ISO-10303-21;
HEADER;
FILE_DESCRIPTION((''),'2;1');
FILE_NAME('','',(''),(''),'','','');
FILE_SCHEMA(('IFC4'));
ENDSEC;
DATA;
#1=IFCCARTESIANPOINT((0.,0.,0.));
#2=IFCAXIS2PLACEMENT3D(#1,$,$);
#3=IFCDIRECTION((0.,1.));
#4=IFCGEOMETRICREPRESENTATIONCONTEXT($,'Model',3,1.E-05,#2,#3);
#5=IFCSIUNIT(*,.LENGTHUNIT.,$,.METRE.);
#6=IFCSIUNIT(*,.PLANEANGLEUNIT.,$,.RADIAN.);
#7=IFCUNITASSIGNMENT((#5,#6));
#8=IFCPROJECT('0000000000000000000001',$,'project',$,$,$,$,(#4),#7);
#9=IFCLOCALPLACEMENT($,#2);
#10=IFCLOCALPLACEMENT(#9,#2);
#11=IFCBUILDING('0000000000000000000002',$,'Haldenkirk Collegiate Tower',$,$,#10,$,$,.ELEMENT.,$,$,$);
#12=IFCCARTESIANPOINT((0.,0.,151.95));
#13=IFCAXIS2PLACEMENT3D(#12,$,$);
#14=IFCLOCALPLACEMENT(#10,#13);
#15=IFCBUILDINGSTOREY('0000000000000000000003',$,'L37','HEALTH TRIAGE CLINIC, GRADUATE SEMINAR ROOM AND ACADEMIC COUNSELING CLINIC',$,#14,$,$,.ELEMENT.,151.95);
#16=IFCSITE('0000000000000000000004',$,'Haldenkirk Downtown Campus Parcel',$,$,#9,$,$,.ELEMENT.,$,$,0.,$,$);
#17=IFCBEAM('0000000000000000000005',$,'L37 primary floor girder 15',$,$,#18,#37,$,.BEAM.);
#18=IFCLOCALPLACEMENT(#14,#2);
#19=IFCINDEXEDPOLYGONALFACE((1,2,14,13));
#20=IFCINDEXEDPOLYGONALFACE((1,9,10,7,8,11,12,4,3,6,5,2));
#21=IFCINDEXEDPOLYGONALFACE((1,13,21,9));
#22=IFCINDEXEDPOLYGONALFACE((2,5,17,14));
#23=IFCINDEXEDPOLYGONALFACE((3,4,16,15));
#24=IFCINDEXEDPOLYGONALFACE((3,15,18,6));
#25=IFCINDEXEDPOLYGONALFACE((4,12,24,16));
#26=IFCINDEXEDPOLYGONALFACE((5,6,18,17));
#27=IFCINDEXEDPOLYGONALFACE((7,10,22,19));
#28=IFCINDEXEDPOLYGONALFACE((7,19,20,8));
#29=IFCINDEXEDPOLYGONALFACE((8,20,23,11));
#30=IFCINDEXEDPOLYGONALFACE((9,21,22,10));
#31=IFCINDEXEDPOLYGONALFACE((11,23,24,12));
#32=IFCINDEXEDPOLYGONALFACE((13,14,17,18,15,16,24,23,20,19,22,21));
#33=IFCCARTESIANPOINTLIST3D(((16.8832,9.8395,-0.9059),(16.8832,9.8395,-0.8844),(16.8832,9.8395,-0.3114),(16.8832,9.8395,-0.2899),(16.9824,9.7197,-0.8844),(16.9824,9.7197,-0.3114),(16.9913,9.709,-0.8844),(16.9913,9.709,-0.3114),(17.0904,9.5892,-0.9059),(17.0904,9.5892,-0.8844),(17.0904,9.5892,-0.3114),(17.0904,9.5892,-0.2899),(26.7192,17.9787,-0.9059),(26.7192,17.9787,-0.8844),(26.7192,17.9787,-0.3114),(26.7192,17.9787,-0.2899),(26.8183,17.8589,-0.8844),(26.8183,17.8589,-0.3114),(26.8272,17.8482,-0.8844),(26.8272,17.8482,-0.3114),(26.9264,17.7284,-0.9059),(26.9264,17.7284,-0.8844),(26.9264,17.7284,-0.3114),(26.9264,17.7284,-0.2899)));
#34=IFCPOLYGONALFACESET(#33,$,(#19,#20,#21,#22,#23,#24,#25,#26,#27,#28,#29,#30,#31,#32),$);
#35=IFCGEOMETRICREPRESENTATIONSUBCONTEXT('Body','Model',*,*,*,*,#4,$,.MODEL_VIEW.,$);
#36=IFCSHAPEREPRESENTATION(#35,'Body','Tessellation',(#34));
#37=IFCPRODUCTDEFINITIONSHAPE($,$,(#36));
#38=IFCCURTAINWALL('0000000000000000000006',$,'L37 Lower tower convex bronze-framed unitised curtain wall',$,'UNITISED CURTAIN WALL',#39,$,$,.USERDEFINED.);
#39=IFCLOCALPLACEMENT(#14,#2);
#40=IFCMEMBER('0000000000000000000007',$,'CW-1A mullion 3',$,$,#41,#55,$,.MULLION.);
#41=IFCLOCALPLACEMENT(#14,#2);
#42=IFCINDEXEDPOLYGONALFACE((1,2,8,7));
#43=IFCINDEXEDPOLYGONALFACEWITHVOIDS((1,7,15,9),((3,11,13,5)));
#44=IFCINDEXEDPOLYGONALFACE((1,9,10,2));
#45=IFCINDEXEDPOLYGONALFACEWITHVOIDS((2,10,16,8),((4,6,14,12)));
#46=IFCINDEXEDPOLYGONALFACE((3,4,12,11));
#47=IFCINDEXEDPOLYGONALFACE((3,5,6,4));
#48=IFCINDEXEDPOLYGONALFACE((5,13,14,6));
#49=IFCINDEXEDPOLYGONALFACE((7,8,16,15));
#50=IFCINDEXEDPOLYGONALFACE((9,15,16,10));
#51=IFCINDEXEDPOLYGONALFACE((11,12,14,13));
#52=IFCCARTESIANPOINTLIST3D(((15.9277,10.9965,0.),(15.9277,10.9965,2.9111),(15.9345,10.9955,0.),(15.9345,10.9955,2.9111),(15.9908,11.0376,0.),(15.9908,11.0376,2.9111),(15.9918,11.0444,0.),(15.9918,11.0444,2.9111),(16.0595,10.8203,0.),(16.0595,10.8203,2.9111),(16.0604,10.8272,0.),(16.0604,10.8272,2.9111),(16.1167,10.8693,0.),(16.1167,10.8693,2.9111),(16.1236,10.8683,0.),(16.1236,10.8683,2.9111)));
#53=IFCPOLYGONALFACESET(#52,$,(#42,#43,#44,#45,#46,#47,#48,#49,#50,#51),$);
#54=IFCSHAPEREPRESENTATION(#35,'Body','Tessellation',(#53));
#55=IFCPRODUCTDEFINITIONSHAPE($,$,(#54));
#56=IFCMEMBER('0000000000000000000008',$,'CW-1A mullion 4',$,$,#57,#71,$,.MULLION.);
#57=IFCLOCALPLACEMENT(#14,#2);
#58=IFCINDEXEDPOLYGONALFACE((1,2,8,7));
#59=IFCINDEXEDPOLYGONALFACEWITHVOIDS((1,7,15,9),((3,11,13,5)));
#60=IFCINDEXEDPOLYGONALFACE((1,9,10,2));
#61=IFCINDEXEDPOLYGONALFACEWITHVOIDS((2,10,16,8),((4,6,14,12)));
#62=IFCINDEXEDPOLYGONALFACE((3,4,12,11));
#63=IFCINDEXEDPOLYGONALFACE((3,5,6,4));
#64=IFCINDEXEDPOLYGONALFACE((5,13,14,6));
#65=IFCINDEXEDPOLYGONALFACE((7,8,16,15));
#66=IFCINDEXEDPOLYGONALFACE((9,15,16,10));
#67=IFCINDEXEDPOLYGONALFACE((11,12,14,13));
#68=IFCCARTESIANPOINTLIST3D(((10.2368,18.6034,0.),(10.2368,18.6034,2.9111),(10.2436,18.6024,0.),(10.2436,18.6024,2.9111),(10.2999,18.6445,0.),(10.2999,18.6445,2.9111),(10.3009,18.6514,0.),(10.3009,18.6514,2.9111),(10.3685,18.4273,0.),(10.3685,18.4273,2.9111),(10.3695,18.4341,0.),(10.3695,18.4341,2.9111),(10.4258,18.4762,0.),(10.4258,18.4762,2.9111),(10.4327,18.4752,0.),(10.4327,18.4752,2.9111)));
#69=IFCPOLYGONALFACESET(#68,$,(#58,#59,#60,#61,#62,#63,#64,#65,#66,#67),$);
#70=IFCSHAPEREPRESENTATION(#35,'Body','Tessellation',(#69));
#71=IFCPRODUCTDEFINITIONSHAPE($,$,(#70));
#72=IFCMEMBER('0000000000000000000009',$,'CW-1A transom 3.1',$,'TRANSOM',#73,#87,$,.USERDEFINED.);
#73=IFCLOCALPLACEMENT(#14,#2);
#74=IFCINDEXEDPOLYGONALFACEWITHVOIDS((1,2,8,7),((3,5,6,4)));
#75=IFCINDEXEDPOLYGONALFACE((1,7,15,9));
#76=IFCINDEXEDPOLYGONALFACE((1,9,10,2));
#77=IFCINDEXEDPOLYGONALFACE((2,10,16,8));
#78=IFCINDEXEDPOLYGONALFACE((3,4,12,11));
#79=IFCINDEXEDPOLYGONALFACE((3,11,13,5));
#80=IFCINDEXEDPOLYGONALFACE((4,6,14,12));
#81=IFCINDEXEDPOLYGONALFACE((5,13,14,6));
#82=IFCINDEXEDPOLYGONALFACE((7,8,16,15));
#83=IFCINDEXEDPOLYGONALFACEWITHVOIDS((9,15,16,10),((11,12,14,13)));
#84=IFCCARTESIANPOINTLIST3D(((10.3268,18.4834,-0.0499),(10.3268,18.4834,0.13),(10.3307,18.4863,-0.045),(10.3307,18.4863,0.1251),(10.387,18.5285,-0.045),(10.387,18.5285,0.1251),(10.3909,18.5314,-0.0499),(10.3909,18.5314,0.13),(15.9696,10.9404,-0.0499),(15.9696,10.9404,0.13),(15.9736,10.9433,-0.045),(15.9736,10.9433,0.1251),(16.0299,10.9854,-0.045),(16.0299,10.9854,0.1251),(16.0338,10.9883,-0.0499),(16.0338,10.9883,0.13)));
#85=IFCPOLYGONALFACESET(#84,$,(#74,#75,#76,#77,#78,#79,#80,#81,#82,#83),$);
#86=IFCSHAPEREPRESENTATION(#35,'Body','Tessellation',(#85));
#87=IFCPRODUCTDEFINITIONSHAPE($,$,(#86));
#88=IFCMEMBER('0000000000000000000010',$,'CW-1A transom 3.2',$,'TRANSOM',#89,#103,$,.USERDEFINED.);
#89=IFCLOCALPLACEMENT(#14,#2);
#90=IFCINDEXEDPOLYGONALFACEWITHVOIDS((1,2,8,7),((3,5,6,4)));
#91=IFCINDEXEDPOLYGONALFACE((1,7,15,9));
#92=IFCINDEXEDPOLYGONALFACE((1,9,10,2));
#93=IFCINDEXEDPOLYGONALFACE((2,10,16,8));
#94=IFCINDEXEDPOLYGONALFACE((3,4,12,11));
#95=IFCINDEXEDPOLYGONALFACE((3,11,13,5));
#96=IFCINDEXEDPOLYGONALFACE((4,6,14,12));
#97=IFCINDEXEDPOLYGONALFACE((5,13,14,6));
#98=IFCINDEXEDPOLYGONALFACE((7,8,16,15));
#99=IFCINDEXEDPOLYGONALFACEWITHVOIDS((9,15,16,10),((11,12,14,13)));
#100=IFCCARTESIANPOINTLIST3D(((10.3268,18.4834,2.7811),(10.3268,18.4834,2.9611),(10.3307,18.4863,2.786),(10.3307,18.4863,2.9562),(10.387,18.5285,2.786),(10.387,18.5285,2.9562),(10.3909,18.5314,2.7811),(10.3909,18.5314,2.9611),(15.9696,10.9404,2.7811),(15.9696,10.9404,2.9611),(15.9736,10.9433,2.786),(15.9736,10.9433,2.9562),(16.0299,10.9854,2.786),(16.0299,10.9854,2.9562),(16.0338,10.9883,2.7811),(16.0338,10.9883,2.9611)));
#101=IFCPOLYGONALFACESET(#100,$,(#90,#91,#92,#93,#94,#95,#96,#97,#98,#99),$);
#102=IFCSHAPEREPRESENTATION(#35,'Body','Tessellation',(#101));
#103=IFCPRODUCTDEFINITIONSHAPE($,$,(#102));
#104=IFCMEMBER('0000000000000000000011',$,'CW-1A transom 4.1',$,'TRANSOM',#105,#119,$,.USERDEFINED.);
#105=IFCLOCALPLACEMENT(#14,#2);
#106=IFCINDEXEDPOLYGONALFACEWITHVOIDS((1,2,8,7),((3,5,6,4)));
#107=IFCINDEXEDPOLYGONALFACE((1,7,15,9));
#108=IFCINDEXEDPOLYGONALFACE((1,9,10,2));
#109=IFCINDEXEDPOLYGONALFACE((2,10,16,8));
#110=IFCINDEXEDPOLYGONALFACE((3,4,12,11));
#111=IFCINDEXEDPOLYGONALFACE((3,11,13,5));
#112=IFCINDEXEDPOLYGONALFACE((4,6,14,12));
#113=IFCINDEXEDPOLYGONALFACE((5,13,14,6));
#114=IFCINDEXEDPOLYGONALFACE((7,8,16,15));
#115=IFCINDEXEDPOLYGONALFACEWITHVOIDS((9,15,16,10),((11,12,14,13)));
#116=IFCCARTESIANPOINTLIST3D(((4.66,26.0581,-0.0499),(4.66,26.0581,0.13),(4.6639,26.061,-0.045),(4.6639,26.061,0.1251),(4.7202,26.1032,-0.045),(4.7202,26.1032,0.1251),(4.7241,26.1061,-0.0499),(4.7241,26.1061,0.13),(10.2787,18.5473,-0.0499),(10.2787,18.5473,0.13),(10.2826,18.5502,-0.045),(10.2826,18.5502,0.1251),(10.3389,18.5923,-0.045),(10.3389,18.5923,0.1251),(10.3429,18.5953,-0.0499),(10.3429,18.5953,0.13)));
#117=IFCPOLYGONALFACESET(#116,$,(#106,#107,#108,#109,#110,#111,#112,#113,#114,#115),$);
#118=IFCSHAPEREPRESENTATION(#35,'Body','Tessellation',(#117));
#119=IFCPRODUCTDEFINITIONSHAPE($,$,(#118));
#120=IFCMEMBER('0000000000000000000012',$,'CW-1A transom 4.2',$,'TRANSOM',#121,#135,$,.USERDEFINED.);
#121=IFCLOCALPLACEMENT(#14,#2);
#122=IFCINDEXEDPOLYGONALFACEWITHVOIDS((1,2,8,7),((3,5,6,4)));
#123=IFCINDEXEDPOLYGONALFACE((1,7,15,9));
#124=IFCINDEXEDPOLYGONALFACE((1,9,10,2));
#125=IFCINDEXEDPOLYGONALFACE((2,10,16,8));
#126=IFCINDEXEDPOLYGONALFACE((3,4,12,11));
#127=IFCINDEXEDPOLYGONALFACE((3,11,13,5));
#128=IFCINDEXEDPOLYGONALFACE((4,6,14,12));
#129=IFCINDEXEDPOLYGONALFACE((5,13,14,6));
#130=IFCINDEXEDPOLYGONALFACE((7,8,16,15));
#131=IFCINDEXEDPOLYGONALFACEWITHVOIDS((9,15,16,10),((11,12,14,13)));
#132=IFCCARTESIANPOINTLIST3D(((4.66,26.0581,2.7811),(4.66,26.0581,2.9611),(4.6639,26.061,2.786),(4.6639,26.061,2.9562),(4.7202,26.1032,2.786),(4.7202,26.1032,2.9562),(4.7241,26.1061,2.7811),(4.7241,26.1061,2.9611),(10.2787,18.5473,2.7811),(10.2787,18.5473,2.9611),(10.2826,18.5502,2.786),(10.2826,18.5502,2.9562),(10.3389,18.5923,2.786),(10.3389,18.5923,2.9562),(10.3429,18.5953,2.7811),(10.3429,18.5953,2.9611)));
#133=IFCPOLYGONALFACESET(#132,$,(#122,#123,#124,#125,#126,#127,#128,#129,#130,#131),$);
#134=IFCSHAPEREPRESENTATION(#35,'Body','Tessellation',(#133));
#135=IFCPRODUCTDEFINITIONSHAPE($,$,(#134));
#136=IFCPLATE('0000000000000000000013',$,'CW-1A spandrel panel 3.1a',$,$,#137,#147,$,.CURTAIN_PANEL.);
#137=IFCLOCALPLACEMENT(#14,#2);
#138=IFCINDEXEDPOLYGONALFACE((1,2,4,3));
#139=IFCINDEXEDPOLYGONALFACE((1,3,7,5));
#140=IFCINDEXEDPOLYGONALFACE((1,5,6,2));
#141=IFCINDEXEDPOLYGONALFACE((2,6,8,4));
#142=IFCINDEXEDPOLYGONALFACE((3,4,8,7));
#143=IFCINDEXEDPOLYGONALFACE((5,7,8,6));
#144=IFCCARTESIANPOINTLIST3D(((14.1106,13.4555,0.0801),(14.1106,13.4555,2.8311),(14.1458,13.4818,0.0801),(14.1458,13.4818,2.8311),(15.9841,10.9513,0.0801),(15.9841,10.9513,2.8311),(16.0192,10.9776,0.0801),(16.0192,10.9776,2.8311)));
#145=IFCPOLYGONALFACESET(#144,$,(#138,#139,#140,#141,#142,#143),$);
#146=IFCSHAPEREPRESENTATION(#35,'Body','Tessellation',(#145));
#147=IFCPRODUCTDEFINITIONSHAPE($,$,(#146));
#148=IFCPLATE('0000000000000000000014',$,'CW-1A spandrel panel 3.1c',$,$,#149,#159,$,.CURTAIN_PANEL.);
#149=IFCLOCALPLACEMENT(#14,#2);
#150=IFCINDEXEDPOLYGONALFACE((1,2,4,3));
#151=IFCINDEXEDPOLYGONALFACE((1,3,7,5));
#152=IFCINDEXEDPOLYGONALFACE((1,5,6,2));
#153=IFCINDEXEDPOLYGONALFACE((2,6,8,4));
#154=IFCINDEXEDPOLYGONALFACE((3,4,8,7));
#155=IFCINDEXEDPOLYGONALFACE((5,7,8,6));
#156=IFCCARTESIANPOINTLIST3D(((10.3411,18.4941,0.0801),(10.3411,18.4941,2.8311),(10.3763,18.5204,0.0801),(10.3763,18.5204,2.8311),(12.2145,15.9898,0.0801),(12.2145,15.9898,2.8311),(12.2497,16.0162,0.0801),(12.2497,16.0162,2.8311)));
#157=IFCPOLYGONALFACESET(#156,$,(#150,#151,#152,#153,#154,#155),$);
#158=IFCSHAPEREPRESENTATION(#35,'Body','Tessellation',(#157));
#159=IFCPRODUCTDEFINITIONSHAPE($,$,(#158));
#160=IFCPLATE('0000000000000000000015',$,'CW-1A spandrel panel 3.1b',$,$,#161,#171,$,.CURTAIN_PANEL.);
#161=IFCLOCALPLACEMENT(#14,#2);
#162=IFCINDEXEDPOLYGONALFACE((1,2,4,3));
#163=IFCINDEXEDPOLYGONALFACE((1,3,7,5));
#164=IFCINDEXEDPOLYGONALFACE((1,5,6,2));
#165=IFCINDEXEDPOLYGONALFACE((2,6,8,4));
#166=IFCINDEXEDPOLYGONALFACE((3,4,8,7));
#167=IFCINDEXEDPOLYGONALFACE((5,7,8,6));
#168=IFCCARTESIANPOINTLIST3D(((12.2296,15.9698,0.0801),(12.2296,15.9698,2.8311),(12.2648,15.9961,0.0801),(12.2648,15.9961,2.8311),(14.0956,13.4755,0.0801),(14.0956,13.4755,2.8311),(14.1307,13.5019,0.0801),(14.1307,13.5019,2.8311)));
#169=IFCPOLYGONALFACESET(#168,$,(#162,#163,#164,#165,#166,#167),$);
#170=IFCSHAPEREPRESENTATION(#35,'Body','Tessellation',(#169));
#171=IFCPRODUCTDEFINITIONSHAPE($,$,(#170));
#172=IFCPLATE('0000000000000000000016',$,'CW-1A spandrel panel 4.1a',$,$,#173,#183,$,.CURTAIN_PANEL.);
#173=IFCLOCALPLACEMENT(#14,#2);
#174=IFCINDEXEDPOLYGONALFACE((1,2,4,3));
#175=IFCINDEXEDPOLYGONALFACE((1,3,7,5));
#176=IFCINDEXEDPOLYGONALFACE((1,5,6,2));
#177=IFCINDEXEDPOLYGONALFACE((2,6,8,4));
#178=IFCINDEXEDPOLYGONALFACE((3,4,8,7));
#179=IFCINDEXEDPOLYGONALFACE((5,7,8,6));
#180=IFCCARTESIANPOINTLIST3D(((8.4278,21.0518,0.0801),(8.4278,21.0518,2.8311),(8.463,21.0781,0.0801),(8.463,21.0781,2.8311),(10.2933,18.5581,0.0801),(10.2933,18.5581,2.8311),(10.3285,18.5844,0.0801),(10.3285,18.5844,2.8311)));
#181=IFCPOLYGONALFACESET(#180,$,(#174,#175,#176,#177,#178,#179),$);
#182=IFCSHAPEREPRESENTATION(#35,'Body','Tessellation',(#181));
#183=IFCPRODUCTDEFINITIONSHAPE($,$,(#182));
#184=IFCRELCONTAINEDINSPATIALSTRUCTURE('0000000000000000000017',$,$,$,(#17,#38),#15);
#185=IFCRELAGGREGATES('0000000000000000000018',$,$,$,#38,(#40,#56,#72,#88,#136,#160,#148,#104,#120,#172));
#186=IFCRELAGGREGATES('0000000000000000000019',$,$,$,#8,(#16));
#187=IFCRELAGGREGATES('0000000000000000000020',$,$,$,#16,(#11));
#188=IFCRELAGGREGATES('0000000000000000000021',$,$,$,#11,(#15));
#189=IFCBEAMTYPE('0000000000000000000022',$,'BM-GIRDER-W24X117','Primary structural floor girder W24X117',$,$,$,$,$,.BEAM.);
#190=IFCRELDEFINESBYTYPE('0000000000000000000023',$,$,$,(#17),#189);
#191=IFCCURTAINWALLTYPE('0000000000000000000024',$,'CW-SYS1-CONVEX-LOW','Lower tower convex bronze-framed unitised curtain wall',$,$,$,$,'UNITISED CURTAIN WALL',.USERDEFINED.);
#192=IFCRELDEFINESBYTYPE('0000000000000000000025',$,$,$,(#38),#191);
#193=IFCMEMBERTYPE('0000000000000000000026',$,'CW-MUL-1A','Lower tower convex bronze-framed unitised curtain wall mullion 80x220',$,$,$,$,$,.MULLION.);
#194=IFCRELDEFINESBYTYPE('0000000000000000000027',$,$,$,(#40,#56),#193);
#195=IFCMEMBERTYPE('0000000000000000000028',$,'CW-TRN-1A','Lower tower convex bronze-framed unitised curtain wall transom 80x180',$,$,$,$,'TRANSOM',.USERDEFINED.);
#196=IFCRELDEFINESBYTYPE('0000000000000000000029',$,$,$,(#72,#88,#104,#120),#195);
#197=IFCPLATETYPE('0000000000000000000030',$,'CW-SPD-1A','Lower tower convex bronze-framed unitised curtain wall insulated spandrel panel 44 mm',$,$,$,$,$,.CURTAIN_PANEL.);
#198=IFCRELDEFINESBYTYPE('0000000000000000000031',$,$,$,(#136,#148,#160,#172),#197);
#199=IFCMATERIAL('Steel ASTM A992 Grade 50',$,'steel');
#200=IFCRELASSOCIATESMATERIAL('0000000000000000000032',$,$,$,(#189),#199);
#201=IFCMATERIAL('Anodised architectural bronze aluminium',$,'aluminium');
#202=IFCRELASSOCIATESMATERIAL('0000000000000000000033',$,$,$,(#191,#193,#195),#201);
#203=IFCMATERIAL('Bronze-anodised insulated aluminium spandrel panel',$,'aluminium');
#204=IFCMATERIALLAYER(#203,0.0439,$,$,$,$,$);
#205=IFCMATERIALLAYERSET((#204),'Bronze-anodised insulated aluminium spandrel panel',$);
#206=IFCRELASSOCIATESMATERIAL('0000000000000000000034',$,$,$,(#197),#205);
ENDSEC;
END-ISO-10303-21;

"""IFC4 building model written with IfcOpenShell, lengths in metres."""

from ifc_helpers import new_model, si_unit, direction, frame, origin, origin_2d, place, context, subcontext, project, spatial, rectangle, hollow_rectangle, i_section, extrude, source, transform, mapped, material, layer, layer_set, material_profile, profile_set, type_object, element, aggregate, save


model = new_model("IFC4")

# Units and contexts
model_context = context("Model", 3, precision=1e-05, world=origin(), true_north=direction((0.0, 1.0)))
body_context = subcontext(model_context, "Body", "Model", "MODEL_VIEW")
ifc_project = project(units=[si_unit("LENGTHUNIT", "METRE"), si_unit("PLANEANGLEUNIT", "RADIAN")], contexts=[model_context])

# Site, building, storey
site_placement = place(None, origin())
site = spatial("IfcSite", under=ifc_project, at=site_placement, Name="Haldenkirk Downtown Campus Parcel", CompositionType="ELEMENT", RefElevation=0.0)
building_placement = place(site_placement, origin())
building = spatial("IfcBuilding", under=site, at=building_placement, Name="Haldenkirk Collegiate Tower", CompositionType="ELEMENT")
storey_placement = place(building_placement, frame((0.0, 0.0, 151.95)))
storey = spatial("IfcBuildingStorey", under=building, at=storey_placement, Name="L37", Description="HEALTH TRIAGE CLINIC, GRADUATE SEMINAR ROOM AND ACADEMIC COUNSELING CLINIC", CompositionType="ELEMENT", Elevation=151.95)

# Beam
ifc_material_1 = material(Name="Steel ASTM A992 Grade 50", Category="steel")
ifc_material_profile_1 = material_profile(ifc_material_1, i_section(OverallWidth=0.325, OverallDepth=0.616, WebThickness=0.0139, FlangeThickness=0.0215, at=origin_2d()), Name="W24X117")
ifc_profile_set_1 = profile_set([ifc_material_profile_1], Name="Steel ASTM A992 Grade 50")
beam_type = type_object("IfcBeamType", Name="BM-GIRDER-W24X117", Description="Primary structural floor girder W24X117", PredefinedType="BEAM", material=ifc_profile_set_1)
beam_placement = place(storey_placement, frame((16.9868, 9.7144, -0.5979), z_axis=(0.77043, 0.637525, 0.0), x_axis=(-0.637525, 0.77043, 0.0)))
element("IfcBeam", 1, at=beam_placement, inside=storey, type_object=beam_type, Name="L37 primary floor girder 15", PredefinedType="BEAM", context=body_context, shape_type="SweptSolid", body=[
    extrude(i_section(OverallWidth=0.325, OverallDepth=0.616, WebThickness=0.0139, FlangeThickness=0.0215, at=origin_2d()), origin(), (0.0, 0.0, 1.0), 12.7668),
])

# Curtain wall, members, plates
ifc_material_2 = material(Name="Anodised architectural bronze aluminium", Category="aluminium")
curtain_wall_type = type_object("IfcCurtainWallType", Name="CW-SYS1-CONVEX-LOW", Description="Lower tower convex bronze-framed unitised curtain wall", ElementType="UNITISED CURTAIN WALL", PredefinedType="USERDEFINED", material=ifc_material_2)
curtain_wall_placement = place(storey_placement, origin())
curtain_wall = element("IfcCurtainWall", 2, at=curtain_wall_placement, inside=storey, type_object=curtain_wall_type, Name="L37 Lower tower convex bronze-framed unitised curtain wall", ObjectType="UNITISED CURTAIN WALL", PredefinedType="USERDEFINED")
ifc_material_profile_2 = material_profile(ifc_material_2, hollow_rectangle(XDim=0.0801, YDim=0.22, WallThickness=0.0049, at=origin_2d()), Name="CW-MUL-1A")
ifc_profile_set_2 = profile_set([ifc_material_profile_2], Name="Anodised architectural bronze aluminium")
member_type_1 = type_object("IfcMemberType", Name="CW-MUL-1A", Description="Lower tower convex bronze-framed unitised curtain wall mullion 80x220", PredefinedType="MULLION", material=ifc_profile_set_2)
member_1_placement = place(storey_placement, frame((16.0256, 10.9324, 0.0), z_axis=(0.0, 0.0, 1.0), x_axis=(-0.80073, -0.599025, 0.0)))
member_1 = element("IfcMember", 3, at=member_1_placement, type_object=member_type_1, Name="CW-1A mullion 3", PredefinedType="MULLION", context=body_context, shape_type="SweptSolid", body=[
    extrude(hollow_rectangle(XDim=0.0801, YDim=0.22, WallThickness=0.0049, at=origin_2d()), origin(), (0.0, 0.0, 1.0), 2.9111),
])
member_2_placement = place(storey_placement, frame((10.3347, 18.5393, 0.0), z_axis=(0.0, 0.0, 1.0), x_axis=(-0.80073, -0.599025, 0.0)))
member_2 = element("IfcMember", 4, at=member_2_placement, type_object=member_type_1, Name="CW-1A mullion 4", PredefinedType="MULLION", context=body_context, shape_type="SweptSolid", body=[
    extrude(hollow_rectangle(XDim=0.0801, YDim=0.22, WallThickness=0.0049, at=origin_2d()), origin(), (0.0, 0.0, 1.0), 2.9111),
])
ifc_material_profile_3 = material_profile(ifc_material_2, hollow_rectangle(XDim=0.0801, YDim=0.1799, WallThickness=0.0049, at=origin_2d()), Name="CW-TRN-1A")
ifc_profile_set_3 = profile_set([ifc_material_profile_3], Name="Anodised architectural bronze aluminium")
member_type_2 = type_object("IfcMemberType", Name="CW-TRN-1A", Description="Lower tower convex bronze-framed unitised curtain wall transom 80x180", ElementType="TRANSOM", PredefinedType="USERDEFINED", material=ifc_profile_set_3)
member_3_placement = place(storey_placement, frame((16.0017, 10.9644, 0.04), z_axis=(-0.599021, 0.800733, 0.0), x_axis=(-0.800733, -0.599021, 0.0)))
member_3 = element("IfcMember", 5, at=member_3_placement, type_object=member_type_2, Name="CW-1A transom 3.1", ObjectType="TRANSOM", PredefinedType="USERDEFINED", context=body_context, shape_type="SweptSolid", body=[
    extrude(hollow_rectangle(XDim=0.0801, YDim=0.1799, WallThickness=0.0049, at=origin_2d()), origin(), (0.0, 0.0, 1.0), 9.4202),
])
member_4_placement = place(storey_placement, frame((16.0017, 10.9644, 2.8711), z_axis=(-0.599021, 0.800733, 0.0), x_axis=(-0.800733, -0.599021, 0.0)))
member_4 = element("IfcMember", 6, at=member_4_placement, type_object=member_type_2, Name="CW-1A transom 3.2", ObjectType="TRANSOM", PredefinedType="USERDEFINED", context=body_context, shape_type="SweptSolid", body=[
    extrude(hollow_rectangle(XDim=0.0801, YDim=0.1799, WallThickness=0.0049, at=origin_2d()), origin(), (0.0, 0.0, 1.0), 9.4202),
])
member_5_placement = place(storey_placement, frame((10.3108, 18.5713, 0.04), z_axis=(-0.599017, 0.800737, 0.0), x_axis=(-0.800737, -0.599017, 0.0)))
member_5 = element("IfcMember", 7, at=member_5_placement, type_object=member_type_2, Name="CW-1A transom 4.1", ObjectType="TRANSOM", PredefinedType="USERDEFINED", context=body_context, shape_type="SweptSolid", body=[
    extrude(hollow_rectangle(XDim=0.0801, YDim=0.1799, WallThickness=0.0049, at=origin_2d()), origin(), (0.0, 0.0, 1.0), 9.3799),
])
member_6_placement = place(storey_placement, frame((10.3108, 18.5713, 2.8711), z_axis=(-0.599017, 0.800737, 0.0), x_axis=(-0.800737, -0.599017, 0.0)))
member_6 = element("IfcMember", 8, at=member_6_placement, type_object=member_type_2, Name="CW-1A transom 4.2", ObjectType="TRANSOM", PredefinedType="USERDEFINED", context=body_context, shape_type="SweptSolid", body=[
    extrude(hollow_rectangle(XDim=0.0801, YDim=0.1799, WallThickness=0.0049, at=origin_2d()), origin(), (0.0, 0.0, 1.0), 9.3799),
])
ifc_material_3 = material(Name="Bronze-anodised insulated aluminium spandrel panel", Category="aluminium")
ifc_layer_1 = layer(ifc_material_3, 0.0439)
ifc_layer_set_1 = layer_set([ifc_layer_1], Name="Bronze-anodised insulated aluminium spandrel panel")
plate_type = type_object("IfcPlateType", Name="CW-SPD-1A", Description="Lower tower convex bronze-framed unitised curtain wall insulated spandrel panel 44 mm", PredefinedType="CURTAIN_PANEL", material=ifc_layer_set_1)
shared_shape_1 = source(origin(), body_context, "Body", "SweptSolid", [
    extrude(rectangle(XDim=3.1274, YDim=0.0439, at=origin_2d()), origin(), (0.0, 0.0, 1.0), 2.751),
])
plate_1_placement = place(storey_placement, frame((15.0649, 12.2166, 0.0801), z_axis=(0.0, 0.0, 1.0), x_axis=(-0.599025, 0.80073, 0.0)))
plate_1 = element("IfcPlate", 9, at=plate_1_placement, type_object=plate_type, Name="CW-1A spandrel panel 3.1a", PredefinedType="CURTAIN_PANEL", context=body_context, shape_type="MappedRepresentation", body=[
    mapped(shared_shape_1, transform((0.0, 0.0, 0.0), x_axis=(1.0, 0.0, 0.0), y_axis=(0.0, 1.0, 0.0), z_axis=(0.0, 0.0, 1.0), scale=1.0)),
])
plate_2_placement = place(storey_placement, frame((11.2954, 17.2551, 0.0801), z_axis=(0.0, 0.0, 1.0), x_axis=(-0.599025, 0.80073, 0.0)))
plate_2 = element("IfcPlate", 10, at=plate_2_placement, type_object=plate_type, Name="CW-1A spandrel panel 3.1c", PredefinedType="CURTAIN_PANEL", context=body_context, shape_type="MappedRepresentation", body=[
    mapped(shared_shape_1, transform((0.0, 0.0, 0.0), x_axis=(1.0, 0.0, 0.0), y_axis=(0.0, 1.0, 0.0), z_axis=(0.0, 0.0, 1.0), scale=1.0)),
])
shared_shape_2 = source(origin(), body_context, "Body", "SweptSolid", [
    extrude(rectangle(XDim=3.115, YDim=0.0439, at=origin_2d()), origin(), (0.0, 0.0, 1.0), 2.751),
])
plate_3_placement = place(storey_placement, frame((13.1802, 14.7358, 0.0801), z_axis=(0.0, 0.0, 1.0), x_axis=(-0.599025, 0.80073, 0.0)))
plate_3 = element("IfcPlate", 11, at=plate_3_placement, type_object=plate_type, Name="CW-1A spandrel panel 3.1b", PredefinedType="CURTAIN_PANEL", context=body_context, shape_type="MappedRepresentation", body=[
    mapped(shared_shape_2, transform((0.0, 0.0, 0.0), x_axis=(1.0, 0.0, 0.0), y_axis=(0.0, 1.0, 0.0), z_axis=(0.0, 0.0, 1.0), scale=1.0)),
])
shared_shape_3 = source(origin(), body_context, "Body", "SweptSolid", [
    extrude(rectangle(XDim=3.1143, YDim=0.0439, at=origin_2d()), origin(), (0.0, 0.0, 1.0), 2.751),
])
plate_4_placement = place(storey_placement, frame((9.3782, 19.8181, 0.0801), z_axis=(0.0, 0.0, 1.0), x_axis=(-0.599025, 0.80073, 0.0)))
plate_4 = element("IfcPlate", 12, at=plate_4_placement, type_object=plate_type, Name="CW-1A spandrel panel 4.1a", PredefinedType="CURTAIN_PANEL", context=body_context, shape_type="MappedRepresentation", body=[
    mapped(shared_shape_3, transform((0.0, 0.0, 0.0), x_axis=(1.0, 0.0, 0.0), y_axis=(0.0, 1.0, 0.0), z_axis=(0.0, 0.0, 1.0), scale=1.0)),
])
aggregate(curtain_wall, [member_1, member_2, member_3, member_4, plate_1, plate_3, plate_2, member_5, member_6, plate_4])

save(model, "model.ifc")
